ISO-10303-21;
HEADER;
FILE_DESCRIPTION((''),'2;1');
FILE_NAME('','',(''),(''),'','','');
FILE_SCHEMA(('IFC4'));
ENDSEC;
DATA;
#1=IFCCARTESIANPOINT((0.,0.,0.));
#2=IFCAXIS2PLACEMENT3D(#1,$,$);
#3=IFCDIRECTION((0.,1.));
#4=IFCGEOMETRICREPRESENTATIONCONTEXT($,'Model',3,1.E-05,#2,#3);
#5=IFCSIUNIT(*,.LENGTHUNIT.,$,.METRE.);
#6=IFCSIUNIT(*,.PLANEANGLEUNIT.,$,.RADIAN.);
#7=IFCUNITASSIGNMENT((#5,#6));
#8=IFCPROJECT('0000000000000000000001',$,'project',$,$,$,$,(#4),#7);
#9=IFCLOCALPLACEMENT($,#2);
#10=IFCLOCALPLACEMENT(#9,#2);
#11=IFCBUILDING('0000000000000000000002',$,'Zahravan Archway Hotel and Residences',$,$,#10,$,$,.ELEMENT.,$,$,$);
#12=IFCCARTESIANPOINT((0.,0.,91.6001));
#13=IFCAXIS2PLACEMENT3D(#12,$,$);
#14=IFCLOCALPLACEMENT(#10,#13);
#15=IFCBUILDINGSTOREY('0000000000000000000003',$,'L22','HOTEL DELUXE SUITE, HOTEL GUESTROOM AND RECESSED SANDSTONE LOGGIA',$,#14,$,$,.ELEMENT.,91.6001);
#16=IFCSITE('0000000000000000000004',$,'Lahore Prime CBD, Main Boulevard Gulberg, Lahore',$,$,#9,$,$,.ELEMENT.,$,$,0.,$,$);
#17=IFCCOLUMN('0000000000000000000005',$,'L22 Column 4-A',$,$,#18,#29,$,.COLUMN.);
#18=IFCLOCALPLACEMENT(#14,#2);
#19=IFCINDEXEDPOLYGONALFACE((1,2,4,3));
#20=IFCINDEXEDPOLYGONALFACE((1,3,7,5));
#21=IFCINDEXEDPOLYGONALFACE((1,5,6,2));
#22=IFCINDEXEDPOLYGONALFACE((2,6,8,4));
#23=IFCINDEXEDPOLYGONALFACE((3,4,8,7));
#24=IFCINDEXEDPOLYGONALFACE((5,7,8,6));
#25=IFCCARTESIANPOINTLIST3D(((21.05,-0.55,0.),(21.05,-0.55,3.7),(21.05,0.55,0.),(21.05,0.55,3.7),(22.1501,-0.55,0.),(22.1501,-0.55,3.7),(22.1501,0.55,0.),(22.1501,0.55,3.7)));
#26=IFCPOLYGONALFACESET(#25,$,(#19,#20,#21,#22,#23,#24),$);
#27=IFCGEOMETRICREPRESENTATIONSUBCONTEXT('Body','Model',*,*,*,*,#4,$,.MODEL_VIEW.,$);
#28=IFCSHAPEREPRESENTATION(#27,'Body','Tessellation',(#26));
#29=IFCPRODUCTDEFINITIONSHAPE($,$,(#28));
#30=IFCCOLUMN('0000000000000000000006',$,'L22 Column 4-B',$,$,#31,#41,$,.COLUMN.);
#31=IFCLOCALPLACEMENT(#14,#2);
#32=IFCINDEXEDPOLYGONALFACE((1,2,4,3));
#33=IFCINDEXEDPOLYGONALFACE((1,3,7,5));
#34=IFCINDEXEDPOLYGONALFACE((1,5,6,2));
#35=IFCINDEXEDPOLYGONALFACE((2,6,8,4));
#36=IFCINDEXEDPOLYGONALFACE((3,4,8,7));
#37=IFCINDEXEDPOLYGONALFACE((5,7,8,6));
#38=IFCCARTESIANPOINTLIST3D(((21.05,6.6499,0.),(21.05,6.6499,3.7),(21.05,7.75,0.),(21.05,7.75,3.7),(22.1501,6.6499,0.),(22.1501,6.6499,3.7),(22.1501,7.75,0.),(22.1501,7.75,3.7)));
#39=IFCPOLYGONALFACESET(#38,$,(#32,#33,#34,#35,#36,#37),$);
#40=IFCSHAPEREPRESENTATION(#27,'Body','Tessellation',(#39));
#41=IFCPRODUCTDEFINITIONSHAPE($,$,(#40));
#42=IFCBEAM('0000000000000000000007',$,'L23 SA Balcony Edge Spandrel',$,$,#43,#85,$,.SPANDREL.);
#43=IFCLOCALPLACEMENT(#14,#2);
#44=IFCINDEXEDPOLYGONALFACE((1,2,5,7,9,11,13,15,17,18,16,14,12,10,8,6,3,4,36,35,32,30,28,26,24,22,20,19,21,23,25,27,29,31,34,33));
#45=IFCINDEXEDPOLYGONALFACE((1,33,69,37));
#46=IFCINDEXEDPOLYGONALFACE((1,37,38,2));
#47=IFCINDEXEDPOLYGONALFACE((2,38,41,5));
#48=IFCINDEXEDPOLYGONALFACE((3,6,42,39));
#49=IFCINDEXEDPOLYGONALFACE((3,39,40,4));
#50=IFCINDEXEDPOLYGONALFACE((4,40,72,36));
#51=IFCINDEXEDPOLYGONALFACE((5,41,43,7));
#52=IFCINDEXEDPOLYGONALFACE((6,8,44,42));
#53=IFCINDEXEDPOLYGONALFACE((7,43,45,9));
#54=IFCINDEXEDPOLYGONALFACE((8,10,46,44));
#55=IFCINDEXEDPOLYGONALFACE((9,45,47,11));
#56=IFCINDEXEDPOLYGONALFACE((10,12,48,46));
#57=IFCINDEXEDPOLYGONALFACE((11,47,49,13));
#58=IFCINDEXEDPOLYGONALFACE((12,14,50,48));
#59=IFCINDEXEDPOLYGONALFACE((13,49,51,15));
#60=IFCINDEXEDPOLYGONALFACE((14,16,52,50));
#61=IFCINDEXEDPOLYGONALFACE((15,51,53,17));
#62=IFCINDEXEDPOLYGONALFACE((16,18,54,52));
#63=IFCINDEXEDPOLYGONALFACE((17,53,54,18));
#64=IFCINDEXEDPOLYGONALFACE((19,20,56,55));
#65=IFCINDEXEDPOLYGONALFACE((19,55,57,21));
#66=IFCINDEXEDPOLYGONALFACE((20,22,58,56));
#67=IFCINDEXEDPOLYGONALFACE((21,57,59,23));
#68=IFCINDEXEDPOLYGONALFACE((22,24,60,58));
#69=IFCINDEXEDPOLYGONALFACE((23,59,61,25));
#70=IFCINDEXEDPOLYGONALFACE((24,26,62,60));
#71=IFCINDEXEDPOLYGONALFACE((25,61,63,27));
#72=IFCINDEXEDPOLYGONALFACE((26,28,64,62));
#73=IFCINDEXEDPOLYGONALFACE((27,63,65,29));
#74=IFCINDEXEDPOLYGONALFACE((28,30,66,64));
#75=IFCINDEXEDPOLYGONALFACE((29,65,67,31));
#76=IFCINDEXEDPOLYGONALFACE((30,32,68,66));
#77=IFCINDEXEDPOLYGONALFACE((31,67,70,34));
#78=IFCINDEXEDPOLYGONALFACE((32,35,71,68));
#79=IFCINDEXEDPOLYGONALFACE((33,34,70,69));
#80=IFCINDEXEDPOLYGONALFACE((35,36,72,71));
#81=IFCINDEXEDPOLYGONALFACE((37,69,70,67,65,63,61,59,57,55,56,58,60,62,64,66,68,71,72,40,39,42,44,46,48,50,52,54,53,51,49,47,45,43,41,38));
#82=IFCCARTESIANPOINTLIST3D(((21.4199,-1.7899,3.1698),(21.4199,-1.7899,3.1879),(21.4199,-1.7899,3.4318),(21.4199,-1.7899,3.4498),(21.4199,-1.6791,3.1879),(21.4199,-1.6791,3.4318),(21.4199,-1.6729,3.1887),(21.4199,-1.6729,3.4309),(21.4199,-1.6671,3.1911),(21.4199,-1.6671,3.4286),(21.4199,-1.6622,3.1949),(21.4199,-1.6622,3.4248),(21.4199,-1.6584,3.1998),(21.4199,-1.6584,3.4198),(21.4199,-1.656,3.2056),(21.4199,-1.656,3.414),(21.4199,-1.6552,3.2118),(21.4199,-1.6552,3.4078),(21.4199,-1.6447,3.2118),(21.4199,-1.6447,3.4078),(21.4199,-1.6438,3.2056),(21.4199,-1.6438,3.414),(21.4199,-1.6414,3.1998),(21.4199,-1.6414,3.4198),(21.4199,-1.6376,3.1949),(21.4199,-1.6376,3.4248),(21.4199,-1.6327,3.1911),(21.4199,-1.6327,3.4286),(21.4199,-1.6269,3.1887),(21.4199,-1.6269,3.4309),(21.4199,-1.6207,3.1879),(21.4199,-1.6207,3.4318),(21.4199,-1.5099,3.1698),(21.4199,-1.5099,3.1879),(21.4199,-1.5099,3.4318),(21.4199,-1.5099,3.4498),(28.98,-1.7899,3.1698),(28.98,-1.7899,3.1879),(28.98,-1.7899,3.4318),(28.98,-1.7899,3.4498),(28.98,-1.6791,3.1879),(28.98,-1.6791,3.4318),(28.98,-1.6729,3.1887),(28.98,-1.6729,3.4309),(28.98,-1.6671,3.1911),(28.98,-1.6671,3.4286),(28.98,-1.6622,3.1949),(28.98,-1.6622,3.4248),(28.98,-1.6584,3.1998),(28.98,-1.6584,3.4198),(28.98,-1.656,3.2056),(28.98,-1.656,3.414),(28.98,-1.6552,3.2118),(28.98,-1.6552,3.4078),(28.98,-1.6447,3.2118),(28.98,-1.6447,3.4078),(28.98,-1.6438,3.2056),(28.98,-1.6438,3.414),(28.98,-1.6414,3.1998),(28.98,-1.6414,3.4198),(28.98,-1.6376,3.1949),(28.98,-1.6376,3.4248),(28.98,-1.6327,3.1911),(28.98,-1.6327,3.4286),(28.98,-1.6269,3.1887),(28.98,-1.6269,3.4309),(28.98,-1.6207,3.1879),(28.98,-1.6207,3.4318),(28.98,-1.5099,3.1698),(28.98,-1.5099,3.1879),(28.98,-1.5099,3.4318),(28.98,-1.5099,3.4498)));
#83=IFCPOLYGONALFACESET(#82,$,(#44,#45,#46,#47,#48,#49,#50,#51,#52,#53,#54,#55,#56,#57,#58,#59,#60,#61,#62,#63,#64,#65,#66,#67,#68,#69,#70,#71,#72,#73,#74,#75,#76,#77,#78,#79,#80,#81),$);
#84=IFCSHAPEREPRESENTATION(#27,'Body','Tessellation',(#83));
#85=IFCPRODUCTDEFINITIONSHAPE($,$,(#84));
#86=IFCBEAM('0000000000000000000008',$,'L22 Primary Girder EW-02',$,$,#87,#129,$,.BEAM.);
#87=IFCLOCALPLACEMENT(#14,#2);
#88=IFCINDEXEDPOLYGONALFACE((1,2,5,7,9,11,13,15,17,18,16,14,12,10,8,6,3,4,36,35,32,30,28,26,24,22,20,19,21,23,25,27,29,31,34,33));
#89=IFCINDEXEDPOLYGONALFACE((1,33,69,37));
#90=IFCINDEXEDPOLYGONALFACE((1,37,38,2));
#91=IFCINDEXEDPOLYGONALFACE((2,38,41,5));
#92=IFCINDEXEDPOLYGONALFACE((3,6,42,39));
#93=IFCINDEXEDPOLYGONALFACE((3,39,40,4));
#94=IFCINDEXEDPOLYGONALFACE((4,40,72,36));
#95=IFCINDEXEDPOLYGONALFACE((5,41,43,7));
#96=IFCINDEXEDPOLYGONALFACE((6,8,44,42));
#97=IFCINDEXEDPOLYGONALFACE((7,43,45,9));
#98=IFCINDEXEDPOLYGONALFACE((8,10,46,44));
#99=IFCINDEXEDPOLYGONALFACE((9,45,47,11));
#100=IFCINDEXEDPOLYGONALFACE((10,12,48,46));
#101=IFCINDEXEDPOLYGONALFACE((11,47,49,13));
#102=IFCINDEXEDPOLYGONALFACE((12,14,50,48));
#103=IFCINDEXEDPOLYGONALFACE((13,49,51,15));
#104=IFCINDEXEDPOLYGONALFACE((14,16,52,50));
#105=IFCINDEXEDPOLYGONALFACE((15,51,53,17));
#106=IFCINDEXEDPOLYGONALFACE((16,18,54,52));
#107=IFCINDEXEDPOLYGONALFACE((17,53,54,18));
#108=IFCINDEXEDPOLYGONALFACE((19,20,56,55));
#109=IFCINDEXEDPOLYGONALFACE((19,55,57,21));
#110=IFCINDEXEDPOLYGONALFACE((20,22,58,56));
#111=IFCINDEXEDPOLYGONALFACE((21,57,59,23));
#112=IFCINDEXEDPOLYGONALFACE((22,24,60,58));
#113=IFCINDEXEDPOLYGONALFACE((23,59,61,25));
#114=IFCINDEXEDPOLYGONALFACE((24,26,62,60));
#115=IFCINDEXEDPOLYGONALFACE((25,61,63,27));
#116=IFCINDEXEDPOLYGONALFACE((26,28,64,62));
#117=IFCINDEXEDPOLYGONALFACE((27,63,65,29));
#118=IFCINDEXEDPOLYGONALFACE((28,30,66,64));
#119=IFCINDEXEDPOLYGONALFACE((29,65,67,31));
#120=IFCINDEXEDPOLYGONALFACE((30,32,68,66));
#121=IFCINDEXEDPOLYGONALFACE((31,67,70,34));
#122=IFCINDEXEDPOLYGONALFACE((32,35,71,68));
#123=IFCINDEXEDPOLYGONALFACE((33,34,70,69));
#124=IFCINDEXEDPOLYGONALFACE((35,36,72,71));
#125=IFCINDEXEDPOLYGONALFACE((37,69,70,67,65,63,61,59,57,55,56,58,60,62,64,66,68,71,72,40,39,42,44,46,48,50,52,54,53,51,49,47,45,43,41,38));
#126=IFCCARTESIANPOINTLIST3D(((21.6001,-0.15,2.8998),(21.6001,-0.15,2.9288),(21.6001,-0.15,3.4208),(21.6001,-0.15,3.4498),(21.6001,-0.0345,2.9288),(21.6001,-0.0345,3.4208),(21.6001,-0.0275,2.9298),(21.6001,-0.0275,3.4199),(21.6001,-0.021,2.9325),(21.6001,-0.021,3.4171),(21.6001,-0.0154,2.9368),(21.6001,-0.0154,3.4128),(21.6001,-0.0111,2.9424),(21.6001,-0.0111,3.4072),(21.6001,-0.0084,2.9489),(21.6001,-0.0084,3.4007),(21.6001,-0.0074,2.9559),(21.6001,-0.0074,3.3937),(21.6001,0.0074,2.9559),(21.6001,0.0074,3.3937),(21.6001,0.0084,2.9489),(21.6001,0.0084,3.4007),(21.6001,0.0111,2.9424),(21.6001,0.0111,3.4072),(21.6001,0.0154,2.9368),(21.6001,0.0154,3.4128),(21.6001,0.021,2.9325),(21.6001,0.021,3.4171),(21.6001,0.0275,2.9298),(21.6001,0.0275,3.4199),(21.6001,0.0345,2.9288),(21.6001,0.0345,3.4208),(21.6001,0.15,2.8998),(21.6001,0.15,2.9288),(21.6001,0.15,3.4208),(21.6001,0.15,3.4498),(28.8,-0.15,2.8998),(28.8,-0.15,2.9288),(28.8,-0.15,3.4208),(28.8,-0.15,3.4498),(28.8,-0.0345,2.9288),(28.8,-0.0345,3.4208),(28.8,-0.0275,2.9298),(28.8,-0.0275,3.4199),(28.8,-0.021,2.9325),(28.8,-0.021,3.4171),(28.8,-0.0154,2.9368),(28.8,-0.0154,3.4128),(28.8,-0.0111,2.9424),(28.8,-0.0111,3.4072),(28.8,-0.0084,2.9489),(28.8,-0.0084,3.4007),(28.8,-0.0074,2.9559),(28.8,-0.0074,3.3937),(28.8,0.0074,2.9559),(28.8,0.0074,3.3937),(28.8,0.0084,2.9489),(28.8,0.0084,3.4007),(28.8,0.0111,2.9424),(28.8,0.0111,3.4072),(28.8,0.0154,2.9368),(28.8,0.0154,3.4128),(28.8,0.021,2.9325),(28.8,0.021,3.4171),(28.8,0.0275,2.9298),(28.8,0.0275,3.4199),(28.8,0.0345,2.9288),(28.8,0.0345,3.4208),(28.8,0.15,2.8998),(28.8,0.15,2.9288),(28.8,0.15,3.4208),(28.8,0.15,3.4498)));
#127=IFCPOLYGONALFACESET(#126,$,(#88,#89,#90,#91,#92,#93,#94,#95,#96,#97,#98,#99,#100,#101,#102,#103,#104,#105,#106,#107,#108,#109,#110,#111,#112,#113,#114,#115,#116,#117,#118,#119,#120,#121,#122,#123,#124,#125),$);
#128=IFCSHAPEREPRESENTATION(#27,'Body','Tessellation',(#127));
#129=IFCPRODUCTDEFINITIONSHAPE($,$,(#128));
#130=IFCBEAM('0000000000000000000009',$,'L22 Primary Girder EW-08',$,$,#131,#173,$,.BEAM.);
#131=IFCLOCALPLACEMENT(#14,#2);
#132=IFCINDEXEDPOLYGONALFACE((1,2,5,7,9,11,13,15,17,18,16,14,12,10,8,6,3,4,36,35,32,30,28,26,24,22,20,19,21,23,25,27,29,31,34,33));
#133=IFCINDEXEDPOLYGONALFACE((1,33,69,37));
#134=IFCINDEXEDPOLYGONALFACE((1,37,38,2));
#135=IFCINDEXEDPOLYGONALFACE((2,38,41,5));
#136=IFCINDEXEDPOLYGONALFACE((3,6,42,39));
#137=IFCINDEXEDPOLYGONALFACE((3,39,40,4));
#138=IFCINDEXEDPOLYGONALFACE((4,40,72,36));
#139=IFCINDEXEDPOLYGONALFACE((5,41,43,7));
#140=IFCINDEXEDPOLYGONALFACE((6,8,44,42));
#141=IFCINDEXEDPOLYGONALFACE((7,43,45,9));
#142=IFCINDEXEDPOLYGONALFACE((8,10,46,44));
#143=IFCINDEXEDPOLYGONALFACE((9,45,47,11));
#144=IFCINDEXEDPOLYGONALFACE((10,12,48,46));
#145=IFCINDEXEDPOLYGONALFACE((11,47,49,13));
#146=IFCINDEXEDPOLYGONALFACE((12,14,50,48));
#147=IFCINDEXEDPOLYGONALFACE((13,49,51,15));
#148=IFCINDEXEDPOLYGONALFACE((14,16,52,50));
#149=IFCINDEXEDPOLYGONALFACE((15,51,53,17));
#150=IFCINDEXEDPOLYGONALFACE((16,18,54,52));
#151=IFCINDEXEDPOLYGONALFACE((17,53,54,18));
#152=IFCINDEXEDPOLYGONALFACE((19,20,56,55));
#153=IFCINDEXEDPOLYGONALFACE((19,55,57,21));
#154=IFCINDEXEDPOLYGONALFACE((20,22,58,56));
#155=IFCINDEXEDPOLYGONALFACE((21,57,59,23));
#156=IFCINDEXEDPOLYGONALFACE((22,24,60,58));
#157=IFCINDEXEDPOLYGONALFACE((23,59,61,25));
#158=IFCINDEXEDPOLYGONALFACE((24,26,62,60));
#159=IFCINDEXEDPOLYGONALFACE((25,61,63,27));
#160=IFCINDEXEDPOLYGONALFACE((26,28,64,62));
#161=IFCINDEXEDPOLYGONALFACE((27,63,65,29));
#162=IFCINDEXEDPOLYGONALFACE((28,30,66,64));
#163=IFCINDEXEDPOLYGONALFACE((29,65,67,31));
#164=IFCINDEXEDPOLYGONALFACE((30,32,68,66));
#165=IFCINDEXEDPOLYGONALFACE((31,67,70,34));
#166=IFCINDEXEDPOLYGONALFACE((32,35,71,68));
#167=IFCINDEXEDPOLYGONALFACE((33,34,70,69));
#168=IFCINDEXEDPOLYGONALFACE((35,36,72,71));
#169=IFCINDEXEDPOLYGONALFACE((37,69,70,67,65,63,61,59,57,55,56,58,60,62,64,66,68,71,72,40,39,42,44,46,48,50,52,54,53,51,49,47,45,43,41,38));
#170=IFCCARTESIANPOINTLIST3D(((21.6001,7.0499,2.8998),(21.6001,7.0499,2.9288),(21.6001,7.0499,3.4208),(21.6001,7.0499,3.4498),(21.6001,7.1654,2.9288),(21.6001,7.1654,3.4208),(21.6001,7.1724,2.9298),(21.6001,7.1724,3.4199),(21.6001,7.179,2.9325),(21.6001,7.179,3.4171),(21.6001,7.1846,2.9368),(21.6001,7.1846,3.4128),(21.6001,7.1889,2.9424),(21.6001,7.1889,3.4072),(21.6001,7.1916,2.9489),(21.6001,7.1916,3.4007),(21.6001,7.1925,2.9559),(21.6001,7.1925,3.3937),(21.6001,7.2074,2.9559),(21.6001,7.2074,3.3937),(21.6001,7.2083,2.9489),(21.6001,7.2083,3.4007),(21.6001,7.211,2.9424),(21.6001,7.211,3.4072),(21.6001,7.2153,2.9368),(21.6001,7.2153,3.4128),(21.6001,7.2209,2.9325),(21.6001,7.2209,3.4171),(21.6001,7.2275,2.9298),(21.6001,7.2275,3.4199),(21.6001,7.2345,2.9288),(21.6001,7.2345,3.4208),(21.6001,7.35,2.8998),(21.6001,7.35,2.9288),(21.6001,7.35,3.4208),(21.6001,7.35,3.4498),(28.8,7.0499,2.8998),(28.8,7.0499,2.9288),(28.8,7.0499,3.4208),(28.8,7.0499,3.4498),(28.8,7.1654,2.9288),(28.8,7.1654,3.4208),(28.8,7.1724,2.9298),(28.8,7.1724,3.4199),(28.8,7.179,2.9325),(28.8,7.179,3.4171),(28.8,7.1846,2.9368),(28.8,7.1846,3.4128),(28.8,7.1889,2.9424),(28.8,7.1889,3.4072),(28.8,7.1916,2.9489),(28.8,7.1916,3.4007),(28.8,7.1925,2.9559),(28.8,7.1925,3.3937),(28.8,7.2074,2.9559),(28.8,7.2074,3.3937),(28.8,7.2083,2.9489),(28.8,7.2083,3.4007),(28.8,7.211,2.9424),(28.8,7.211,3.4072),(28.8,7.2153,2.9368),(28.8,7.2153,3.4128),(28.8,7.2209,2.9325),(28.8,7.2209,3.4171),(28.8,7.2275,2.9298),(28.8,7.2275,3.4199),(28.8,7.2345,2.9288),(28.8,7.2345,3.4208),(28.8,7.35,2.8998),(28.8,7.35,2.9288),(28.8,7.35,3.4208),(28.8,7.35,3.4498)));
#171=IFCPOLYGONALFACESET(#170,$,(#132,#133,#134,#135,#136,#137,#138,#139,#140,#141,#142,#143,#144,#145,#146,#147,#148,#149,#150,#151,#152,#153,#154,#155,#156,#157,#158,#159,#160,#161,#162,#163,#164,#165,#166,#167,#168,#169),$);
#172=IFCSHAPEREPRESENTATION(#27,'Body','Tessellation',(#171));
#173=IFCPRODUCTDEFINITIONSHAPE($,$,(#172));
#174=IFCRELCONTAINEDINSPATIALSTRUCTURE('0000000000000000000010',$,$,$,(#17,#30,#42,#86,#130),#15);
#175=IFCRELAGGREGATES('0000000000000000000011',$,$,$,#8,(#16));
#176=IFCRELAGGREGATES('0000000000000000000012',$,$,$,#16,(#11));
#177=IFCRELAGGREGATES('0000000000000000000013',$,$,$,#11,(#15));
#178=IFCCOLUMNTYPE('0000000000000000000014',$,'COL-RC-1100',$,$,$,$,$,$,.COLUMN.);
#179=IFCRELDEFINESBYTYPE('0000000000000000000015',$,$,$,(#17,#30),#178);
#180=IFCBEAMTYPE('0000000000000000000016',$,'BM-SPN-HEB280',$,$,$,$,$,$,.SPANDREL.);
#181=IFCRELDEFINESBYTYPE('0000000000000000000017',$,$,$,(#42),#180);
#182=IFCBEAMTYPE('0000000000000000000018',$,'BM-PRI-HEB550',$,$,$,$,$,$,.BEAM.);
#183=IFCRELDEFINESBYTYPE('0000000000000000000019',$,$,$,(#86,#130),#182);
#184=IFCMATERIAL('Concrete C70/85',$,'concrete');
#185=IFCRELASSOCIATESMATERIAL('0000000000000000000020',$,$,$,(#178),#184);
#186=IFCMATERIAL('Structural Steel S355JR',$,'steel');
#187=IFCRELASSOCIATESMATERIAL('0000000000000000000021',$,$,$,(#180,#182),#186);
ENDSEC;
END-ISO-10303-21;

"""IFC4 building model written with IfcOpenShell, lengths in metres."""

from ifc_helpers import new_model, si_unit, direction, frame, origin, origin_2d, place, context, subcontext, project, spatial, rectangle, i_section, extrude, source, transform, mapped, material, material_profile, profile_set, type_object, type_shapes, element, save


model = new_model("IFC4")

# Units and contexts
model_context = context("Model", 3, precision=1e-05, world=origin(), true_north=direction((0.0, 1.0)))
body_context = subcontext(model_context, "Body", "Model", "MODEL_VIEW")
ifc_project = project(units=[si_unit("LENGTHUNIT", "METRE"), si_unit("PLANEANGLEUNIT", "RADIAN")], contexts=[model_context])

# Site, building, storey
site_placement = place(None, origin())
site = spatial("IfcSite", under=ifc_project, at=site_placement, Name="Lahore Prime CBD, Main Boulevard Gulberg, Lahore", CompositionType="ELEMENT", RefElevation=0.0)
building_placement = place(site_placement, origin())
building = spatial("IfcBuilding", under=site, at=building_placement, Name="Zahravan Archway Hotel and Residences", CompositionType="ELEMENT")
storey_placement = place(building_placement, frame((0.0, 0.0, 91.6001)))
storey = spatial("IfcBuildingStorey", under=building, at=storey_placement, Name="L22", Description="HOTEL DELUXE SUITE, HOTEL GUESTROOM AND RECESSED SANDSTONE LOGGIA", CompositionType="ELEMENT", Elevation=91.6001)

# Columns
ifc_material_1 = material(Name="Concrete C70/85", Category="concrete")
ifc_material_profile_1 = material_profile(ifc_material_1, rectangle(XDim=1.1001, YDim=1.1001, at=origin_2d()), Name="RC 1100x1100", Category="concrete")
ifc_profile_set_1 = profile_set([ifc_material_profile_1], Name="Concrete C70/85")
column_type = type_object("IfcColumnType", Name="COL-RC-1100", PredefinedType="COLUMN", material=ifc_profile_set_1)
shared_shape_1 = source(origin(), body_context, "Body", "SweptSolid", [
    extrude(rectangle(XDim=1.1001, YDim=1.1001, at=origin_2d()), origin(), (0.0, 0.0, 1.0), 3.7),
])
for number, where, z_axis, x_axis, name in (
    (1, (21.6001, 0.0, 0.0), (0.0, 0.0, 1.0), (1.0, 0.0, 0.0), "L22 Column 4-A"),
    (2, (21.6001, 7.2, 0.0), (0.0, 0.0, 1.0), (1.0, 0.0, 0.0), "L22 Column 4-B"),
):
    element("IfcColumn", number, at=place(storey_placement, frame(where, z_axis=z_axis, x_axis=x_axis)), inside=storey, type_object=column_type, Name=name, PredefinedType="COLUMN", context=body_context, shape_type="MappedRepresentation", body=[
        mapped(shared_shape_1, transform((0.0, 0.0, 0.0), scale=1.0)),
    ])

# Beams
ifc_material_2 = material(Name="Structural Steel S355JR", Category="steel")
ifc_material_profile_2 = material_profile(ifc_material_2, i_section(OverallWidth=0.28, OverallDepth=0.28, WebThickness=0.0105, FlangeThickness=0.0181, FilletRadius=0.0239, at=origin_2d()), Name="HEB 280", Category="steel")
ifc_profile_set_2 = profile_set([ifc_material_profile_2], Name="Structural Steel S355JR")
beam_type_1 = type_object("IfcBeamType", Name="BM-SPN-HEB280", PredefinedType="SPANDREL", material=ifc_profile_set_2)
shared_shape_2 = source(origin(), body_context, "Body", "SweptSolid", [
    extrude(i_section(OverallWidth=0.28, OverallDepth=0.28, WebThickness=0.0105, FlangeThickness=0.0181, FilletRadius=0.0239, at=origin_2d()), origin(), (0.0, 0.0, 1.0), 7.5601),
])
type_shapes(beam_type_1, [shared_shape_2])
beam_1_placement = place(storey_placement, frame((21.4199, -1.6499, 3.3098), z_axis=(1.0, 0.0, 0.0), x_axis=(0.0, 1.0, 0.0)))
element("IfcBeam", 3, at=beam_1_placement, inside=storey, type_object=beam_type_1, Name="L23 SA Balcony Edge Spandrel", PredefinedType="SPANDREL", context=body_context, shape_type="MappedRepresentation", body=[
    mapped(shared_shape_2, transform((0.0, 0.0, 0.0), scale=1.0)),
])
ifc_material_profile_3 = material_profile(ifc_material_2, i_section(OverallWidth=0.3, OverallDepth=0.55, WebThickness=0.0149, FlangeThickness=0.0291, FilletRadius=0.0271, at=origin_2d()), Name="HEB 550", Category="steel")
ifc_profile_set_3 = profile_set([ifc_material_profile_3], Name="Structural Steel S355JR")
beam_type_2 = type_object("IfcBeamType", Name="BM-PRI-HEB550", PredefinedType="BEAM", material=ifc_profile_set_3)
shared_shape_3 = source(origin(), body_context, "Body", "SweptSolid", [
    extrude(i_section(OverallWidth=0.3, OverallDepth=0.55, WebThickness=0.0149, FlangeThickness=0.0291, FilletRadius=0.0271, at=origin_2d()), origin(), (0.0, 0.0, 1.0), 7.2),
])
for number, where, z_axis, x_axis, name in (
    (4, (21.6001, 0.0, 3.1748), (1.0, 0.0, 0.0), (0.0, 1.0, 0.0), "L22 Primary Girder EW-02"),
    (5, (21.6001, 7.2, 3.1748), (1.0, 0.0, 0.0), (0.0, 1.0, 0.0), "L22 Primary Girder EW-08"),
):
    element("IfcBeam", number, at=place(storey_placement, frame(where, z_axis=z_axis, x_axis=x_axis)), inside=storey, type_object=beam_type_2, Name=name, PredefinedType="BEAM", context=body_context, shape_type="MappedRepresentation", body=[
        mapped(shared_shape_3, transform((0.0, 0.0, 0.0), scale=1.0)),
    ])

save(model, "model.ifc")
